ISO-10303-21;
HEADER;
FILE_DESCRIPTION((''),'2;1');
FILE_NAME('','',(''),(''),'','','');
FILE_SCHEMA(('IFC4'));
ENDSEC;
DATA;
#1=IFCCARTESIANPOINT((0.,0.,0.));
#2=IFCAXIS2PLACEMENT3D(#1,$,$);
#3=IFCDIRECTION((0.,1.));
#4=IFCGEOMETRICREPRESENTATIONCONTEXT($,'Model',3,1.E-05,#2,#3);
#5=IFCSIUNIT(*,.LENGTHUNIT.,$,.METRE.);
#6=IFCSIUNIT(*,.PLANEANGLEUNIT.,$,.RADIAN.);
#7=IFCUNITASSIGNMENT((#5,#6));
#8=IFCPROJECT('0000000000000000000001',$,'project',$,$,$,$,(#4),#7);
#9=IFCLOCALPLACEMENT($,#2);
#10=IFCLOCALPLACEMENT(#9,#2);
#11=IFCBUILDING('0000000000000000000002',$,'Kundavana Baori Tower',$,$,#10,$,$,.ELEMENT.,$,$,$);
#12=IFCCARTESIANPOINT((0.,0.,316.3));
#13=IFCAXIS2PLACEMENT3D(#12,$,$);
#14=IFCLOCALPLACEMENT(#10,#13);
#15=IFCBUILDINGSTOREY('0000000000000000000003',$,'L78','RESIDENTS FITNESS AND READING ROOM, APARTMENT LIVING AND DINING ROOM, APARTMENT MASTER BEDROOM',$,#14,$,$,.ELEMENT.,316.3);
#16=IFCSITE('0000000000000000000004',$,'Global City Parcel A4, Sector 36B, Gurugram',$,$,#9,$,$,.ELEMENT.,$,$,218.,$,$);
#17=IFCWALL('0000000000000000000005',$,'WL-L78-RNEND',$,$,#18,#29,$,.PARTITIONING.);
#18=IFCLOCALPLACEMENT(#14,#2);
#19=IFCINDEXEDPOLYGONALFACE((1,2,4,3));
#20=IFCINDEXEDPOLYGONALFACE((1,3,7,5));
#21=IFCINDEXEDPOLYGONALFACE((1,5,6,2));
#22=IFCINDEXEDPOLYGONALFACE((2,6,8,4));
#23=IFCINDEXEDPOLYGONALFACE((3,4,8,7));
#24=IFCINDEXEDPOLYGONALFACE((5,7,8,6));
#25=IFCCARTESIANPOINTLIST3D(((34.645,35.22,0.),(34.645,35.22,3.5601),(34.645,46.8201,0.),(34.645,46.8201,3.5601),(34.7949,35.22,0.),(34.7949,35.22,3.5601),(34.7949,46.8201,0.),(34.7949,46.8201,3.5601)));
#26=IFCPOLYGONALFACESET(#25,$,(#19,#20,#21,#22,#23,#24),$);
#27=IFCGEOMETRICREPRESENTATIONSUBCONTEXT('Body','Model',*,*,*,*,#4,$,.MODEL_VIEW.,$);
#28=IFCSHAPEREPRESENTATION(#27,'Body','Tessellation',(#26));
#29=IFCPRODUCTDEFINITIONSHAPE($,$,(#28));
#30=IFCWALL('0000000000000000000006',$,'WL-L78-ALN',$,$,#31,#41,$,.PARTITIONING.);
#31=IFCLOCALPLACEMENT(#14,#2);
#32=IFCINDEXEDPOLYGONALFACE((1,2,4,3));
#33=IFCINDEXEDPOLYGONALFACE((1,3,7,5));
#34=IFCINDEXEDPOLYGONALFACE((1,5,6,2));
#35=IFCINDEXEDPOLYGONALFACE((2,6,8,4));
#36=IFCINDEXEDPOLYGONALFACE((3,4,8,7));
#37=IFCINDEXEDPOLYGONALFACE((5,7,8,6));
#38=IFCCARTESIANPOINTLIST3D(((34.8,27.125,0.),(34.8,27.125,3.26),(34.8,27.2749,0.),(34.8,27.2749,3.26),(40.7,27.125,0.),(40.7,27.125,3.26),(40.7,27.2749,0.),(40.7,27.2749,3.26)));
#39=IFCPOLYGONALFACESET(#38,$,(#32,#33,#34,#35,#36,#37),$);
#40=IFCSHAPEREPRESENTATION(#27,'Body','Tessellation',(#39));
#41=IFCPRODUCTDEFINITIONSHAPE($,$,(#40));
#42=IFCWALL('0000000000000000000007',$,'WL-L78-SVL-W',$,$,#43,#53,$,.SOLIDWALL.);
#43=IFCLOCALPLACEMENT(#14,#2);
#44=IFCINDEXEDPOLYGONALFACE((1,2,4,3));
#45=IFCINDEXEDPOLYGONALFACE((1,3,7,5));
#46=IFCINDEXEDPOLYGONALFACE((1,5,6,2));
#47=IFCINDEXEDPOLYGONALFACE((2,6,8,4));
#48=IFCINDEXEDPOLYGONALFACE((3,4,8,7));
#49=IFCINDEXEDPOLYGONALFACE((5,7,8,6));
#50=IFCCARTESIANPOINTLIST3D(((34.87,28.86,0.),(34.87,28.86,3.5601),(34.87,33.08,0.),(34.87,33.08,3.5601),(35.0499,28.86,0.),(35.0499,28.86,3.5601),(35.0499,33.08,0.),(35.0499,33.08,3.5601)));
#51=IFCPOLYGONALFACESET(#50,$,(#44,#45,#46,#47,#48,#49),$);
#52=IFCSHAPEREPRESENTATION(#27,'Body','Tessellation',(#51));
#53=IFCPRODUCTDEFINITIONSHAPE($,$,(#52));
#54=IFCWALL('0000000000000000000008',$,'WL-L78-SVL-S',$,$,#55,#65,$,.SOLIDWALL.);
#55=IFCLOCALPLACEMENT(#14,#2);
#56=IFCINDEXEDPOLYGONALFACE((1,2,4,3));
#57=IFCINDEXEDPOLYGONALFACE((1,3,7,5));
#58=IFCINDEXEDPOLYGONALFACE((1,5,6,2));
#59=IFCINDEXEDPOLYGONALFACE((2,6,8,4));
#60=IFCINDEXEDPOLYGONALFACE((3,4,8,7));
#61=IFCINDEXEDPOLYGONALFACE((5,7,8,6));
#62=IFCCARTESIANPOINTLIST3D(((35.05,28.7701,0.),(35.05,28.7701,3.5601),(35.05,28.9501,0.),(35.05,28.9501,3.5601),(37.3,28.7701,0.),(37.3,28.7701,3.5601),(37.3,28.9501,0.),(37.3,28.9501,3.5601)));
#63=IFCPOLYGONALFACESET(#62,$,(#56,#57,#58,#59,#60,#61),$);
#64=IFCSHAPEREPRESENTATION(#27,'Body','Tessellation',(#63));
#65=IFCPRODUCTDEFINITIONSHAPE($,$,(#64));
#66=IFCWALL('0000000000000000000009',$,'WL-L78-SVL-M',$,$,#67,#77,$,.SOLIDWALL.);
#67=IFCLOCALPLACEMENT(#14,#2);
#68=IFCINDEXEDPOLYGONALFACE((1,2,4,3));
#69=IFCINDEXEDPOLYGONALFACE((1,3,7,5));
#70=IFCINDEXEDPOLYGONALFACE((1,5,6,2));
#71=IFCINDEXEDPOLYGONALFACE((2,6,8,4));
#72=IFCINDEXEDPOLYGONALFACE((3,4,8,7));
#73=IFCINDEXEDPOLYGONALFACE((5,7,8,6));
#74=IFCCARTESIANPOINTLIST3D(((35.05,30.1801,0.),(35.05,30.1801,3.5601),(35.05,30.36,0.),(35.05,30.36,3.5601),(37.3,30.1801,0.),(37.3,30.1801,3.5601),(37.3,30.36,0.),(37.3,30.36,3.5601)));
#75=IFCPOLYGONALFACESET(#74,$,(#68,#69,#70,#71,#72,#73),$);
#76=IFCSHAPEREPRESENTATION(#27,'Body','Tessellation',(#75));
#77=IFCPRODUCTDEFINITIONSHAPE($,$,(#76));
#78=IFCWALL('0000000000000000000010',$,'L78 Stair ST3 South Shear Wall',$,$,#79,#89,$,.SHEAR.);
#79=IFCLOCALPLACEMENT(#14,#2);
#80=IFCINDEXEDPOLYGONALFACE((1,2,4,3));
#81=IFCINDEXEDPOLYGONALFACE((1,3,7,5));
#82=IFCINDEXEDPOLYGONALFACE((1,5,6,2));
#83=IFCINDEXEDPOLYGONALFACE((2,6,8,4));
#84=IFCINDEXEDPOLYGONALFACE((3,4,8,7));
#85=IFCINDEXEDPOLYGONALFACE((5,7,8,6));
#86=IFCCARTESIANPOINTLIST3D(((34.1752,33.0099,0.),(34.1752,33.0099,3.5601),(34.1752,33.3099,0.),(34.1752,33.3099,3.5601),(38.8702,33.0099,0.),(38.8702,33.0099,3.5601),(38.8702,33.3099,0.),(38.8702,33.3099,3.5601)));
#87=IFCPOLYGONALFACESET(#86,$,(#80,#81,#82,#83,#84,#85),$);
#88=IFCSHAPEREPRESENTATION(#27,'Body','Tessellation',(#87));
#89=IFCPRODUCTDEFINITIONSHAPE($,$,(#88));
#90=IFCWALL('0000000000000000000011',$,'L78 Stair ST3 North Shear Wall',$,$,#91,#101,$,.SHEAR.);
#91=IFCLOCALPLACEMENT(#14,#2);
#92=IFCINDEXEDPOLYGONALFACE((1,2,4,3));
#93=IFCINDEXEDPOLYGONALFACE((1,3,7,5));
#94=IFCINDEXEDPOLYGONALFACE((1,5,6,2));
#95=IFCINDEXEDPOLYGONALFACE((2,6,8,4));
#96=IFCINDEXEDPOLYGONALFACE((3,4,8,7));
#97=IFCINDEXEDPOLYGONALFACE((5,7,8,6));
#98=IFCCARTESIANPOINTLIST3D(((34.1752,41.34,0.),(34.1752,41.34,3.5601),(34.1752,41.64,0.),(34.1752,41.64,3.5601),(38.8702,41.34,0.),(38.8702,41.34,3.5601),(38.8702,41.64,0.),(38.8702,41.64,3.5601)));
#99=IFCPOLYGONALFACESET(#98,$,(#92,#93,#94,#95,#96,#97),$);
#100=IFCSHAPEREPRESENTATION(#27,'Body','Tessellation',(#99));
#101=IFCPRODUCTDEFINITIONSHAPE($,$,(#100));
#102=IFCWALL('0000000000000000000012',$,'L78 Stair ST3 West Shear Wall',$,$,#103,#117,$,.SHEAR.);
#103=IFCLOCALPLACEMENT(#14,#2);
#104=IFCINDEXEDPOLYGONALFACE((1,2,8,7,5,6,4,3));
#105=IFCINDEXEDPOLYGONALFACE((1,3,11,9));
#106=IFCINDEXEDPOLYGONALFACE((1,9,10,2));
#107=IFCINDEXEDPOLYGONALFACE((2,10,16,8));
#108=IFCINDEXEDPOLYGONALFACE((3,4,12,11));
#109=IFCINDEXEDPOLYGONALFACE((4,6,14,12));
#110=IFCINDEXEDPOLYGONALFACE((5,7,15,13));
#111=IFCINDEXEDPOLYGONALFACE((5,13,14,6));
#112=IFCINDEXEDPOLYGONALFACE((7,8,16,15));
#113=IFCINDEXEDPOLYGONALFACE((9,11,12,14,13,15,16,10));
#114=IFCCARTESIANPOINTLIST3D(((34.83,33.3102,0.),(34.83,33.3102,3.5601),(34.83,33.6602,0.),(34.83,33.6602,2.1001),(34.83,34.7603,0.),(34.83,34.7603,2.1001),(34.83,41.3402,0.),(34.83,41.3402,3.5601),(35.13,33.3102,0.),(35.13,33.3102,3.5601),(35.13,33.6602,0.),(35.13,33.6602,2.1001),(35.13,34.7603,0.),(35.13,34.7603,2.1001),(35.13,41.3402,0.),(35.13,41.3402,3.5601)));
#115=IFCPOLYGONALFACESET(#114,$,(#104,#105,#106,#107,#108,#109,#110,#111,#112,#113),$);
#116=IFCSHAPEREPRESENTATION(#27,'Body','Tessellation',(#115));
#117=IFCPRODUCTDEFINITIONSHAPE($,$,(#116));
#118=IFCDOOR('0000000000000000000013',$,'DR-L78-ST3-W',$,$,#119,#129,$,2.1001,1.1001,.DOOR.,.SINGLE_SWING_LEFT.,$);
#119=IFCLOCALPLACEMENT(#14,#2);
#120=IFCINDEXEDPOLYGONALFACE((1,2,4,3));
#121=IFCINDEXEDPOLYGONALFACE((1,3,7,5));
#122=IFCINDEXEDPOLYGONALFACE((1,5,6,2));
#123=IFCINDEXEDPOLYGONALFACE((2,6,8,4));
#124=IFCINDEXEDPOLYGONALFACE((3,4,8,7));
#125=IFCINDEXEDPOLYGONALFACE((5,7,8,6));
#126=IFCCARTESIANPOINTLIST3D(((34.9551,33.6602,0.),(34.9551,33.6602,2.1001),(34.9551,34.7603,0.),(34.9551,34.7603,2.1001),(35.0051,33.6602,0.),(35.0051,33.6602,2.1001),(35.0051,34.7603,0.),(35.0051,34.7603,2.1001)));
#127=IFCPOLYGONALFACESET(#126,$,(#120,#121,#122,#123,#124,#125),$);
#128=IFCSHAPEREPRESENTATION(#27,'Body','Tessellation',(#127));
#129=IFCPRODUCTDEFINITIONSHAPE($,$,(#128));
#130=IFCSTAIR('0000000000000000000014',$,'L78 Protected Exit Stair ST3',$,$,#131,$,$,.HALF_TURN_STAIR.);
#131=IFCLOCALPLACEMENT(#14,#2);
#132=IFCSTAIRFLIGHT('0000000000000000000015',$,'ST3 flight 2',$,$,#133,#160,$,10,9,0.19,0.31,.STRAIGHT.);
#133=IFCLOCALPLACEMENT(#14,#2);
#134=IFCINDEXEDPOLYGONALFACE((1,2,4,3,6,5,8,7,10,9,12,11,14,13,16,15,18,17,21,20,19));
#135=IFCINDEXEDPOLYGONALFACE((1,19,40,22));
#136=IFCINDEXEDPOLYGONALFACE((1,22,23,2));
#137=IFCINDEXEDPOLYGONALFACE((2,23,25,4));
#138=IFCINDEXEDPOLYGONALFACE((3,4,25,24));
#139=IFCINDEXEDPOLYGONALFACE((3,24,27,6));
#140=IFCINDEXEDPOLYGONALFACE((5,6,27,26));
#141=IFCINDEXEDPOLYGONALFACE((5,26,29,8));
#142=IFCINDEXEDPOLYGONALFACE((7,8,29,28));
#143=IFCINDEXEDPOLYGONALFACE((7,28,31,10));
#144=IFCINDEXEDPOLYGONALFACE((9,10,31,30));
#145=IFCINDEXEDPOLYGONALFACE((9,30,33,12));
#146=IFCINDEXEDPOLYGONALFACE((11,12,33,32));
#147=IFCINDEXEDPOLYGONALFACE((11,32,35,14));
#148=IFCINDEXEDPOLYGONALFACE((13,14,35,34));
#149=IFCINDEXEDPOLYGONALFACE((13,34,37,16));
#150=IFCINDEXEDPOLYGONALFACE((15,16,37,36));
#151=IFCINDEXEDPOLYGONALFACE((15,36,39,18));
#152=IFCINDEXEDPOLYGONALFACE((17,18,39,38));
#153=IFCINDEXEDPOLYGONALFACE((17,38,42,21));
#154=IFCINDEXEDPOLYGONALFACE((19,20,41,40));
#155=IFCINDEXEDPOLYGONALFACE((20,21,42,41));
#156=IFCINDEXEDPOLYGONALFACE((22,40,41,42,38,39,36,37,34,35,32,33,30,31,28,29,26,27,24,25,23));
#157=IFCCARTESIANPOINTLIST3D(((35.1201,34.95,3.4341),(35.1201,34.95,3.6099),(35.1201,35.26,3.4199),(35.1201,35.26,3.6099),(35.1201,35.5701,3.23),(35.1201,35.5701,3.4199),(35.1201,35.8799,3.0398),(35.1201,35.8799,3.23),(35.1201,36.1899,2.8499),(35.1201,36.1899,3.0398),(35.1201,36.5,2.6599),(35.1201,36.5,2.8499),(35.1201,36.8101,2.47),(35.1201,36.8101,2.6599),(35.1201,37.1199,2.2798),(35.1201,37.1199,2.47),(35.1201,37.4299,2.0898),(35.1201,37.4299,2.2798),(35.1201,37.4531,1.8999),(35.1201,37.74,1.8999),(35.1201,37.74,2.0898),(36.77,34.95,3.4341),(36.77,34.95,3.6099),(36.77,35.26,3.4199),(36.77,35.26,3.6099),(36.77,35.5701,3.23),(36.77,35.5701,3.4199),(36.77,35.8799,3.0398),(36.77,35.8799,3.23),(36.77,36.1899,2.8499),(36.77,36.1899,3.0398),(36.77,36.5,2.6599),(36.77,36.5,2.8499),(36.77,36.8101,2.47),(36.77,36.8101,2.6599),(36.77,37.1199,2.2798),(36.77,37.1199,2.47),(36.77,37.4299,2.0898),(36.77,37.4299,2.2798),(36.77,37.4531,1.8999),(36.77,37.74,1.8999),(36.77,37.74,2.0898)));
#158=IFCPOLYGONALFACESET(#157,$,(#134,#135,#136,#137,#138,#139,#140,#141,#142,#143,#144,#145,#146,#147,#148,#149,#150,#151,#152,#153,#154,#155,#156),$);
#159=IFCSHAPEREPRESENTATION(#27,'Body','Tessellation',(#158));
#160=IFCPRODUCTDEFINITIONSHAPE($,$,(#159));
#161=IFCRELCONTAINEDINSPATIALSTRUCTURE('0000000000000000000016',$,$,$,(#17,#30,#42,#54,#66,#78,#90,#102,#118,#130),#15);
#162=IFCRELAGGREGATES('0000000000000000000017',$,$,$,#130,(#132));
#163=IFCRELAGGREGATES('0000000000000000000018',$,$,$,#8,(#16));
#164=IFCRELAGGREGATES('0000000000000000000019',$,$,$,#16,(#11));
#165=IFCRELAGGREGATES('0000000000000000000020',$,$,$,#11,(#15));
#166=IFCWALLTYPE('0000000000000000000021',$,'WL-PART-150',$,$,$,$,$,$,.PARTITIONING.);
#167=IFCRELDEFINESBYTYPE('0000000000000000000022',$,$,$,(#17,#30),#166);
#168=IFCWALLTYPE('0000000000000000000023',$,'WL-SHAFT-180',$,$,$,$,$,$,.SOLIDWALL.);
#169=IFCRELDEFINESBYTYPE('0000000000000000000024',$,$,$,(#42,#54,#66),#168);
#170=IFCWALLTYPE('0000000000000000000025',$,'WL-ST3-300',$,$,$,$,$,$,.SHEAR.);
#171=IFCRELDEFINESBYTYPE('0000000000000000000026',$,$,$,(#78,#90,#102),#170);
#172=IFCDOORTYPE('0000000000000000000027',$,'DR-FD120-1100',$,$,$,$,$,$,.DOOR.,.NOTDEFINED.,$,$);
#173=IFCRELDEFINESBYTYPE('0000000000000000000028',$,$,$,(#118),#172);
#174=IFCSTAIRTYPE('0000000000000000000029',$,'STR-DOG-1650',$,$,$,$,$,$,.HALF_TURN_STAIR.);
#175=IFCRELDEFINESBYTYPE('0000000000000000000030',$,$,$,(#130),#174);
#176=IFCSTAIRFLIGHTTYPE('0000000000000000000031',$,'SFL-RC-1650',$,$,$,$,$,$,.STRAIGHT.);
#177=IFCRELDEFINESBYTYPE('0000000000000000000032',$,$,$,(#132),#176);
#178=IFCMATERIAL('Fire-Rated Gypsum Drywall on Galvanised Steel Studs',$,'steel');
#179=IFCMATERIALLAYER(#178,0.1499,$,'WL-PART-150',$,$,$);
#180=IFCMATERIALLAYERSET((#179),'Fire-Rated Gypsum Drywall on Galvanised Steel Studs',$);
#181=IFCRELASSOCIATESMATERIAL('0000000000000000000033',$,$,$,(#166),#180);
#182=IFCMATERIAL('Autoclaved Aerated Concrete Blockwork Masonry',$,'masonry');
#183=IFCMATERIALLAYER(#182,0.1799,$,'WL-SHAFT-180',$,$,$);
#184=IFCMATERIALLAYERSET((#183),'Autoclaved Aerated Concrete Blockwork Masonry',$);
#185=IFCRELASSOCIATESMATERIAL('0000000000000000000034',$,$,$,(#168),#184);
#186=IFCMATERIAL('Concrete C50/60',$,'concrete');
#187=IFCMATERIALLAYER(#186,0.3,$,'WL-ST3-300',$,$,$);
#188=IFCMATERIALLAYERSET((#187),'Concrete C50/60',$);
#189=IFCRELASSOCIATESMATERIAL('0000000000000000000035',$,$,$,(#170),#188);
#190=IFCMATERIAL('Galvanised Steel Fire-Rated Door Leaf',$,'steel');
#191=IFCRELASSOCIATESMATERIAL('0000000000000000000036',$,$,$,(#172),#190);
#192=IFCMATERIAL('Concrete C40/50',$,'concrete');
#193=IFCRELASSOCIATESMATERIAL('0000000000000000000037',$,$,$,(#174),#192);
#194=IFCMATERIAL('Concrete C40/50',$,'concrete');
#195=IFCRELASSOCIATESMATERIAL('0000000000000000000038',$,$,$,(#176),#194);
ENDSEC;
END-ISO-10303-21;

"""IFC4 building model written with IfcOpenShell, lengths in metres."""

from ifc_helpers import new_model, si_unit, direction, frame, frame_2d, origin, place, context, subcontext, project, spatial, polyline, rectangle, outline, extrude, material, layer, layer_set, type_object, element, fill, aggregate, save


model = new_model("IFC4")

# Units and contexts
model_context = context("Model", 3, precision=1e-05, world=origin(), true_north=direction((0.0, 1.0)))
body_context = subcontext(model_context, "Body", "Model", "MODEL_VIEW")
ifc_project = project(units=[si_unit("LENGTHUNIT", "METRE"), si_unit("PLANEANGLEUNIT", "RADIAN")], contexts=[model_context])

# Site, building, storey
site_placement = place(None, origin())
site = spatial("IfcSite", under=ifc_project, at=site_placement, Name="Global City Parcel A4, Sector 36B, Gurugram", CompositionType="ELEMENT", RefElevation=218.0)
building_placement = place(site_placement, origin())
building = spatial("IfcBuilding", under=site, at=building_placement, Name="Kundavana Baori Tower", CompositionType="ELEMENT")
storey_placement = place(building_placement, frame((0.0, 0.0, 316.3)))
storey = spatial("IfcBuildingStorey", under=building, at=storey_placement, Name="L78", Description="RESIDENTS FITNESS AND READING ROOM, APARTMENT LIVING AND DINING ROOM, APARTMENT MASTER BEDROOM", CompositionType="ELEMENT", Elevation=316.3)

# Shared definitions
ifc_material_1 = material(Name="Fire-Rated Gypsum Drywall on Galvanised Steel Studs", Category="steel")
ifc_layer_1 = layer(ifc_material_1, 0.1499, Name="WL-PART-150")
ifc_layer_set_1 = layer_set([ifc_layer_1], Name="Fire-Rated Gypsum Drywall on Galvanised Steel Studs")
wall_type_1 = type_object("IfcWallType", Name="WL-PART-150", PredefinedType="PARTITIONING", material=ifc_layer_set_1)

# Walls
wall_1_placement = place(storey_placement, frame((34.72, 35.22, 0.0), z_axis=(0.0, 0.0, 1.0), x_axis=(0.0, 1.0, 0.0)))
element("IfcWall", 1, at=wall_1_placement, inside=storey, type_object=wall_type_1, Name="WL-L78-RNEND", PredefinedType="PARTITIONING", context=body_context, shape_type="SweptSolid", body=[
    extrude(rectangle(XDim=11.6001, YDim=0.1499, at=frame_2d((5.8, 0.0))), origin(), (0.0, 0.0, 1.0), 3.5601),
])
wall_2_placement = place(storey_placement, frame((34.8, 27.2, 0.0), z_axis=(0.0, 0.0, 1.0), x_axis=(1.0, 0.0, 0.0)))
element("IfcWall", 2, at=wall_2_placement, inside=storey, type_object=wall_type_1, Name="WL-L78-ALN", PredefinedType="PARTITIONING", context=body_context, shape_type="SweptSolid", body=[
    extrude(rectangle(XDim=5.8999, YDim=0.1499, at=frame_2d((2.95, 0.0))), origin(), (0.0, 0.0, 1.0), 3.26),
])
ifc_material_2 = material(Name="Autoclaved Aerated Concrete Blockwork Masonry", Category="masonry")
ifc_layer_2 = layer(ifc_material_2, 0.1799, Name="WL-SHAFT-180")
ifc_layer_set_2 = layer_set([ifc_layer_2], Name="Autoclaved Aerated Concrete Blockwork Masonry")
wall_type_2 = type_object("IfcWallType", Name="WL-SHAFT-180", PredefinedType="SOLIDWALL", material=ifc_layer_set_2)
wall_3_placement = place(storey_placement, frame((34.96, 28.8601, 0.0), z_axis=(0.0, 0.0, 1.0), x_axis=(0.0, 1.0, 0.0)))
element("IfcWall", 3, at=wall_3_placement, inside=storey, type_object=wall_type_2, Name="WL-L78-SVL-W", PredefinedType="SOLIDWALL", context=body_context, shape_type="SweptSolid", body=[
    extrude(rectangle(XDim=4.22, YDim=0.1799, at=frame_2d((2.1099, 0.0))), origin(), (0.0, 0.0, 1.0), 3.5601),
])

# Walls
for number, where, z_axis, x_axis, name in (
    (4, (35.05, 28.8601, 0.0), (0.0, 0.0, 1.0), (1.0, 0.0, 0.0), "WL-L78-SVL-S"),
    (5, (35.05, 30.27, 0.0), (0.0, 0.0, 1.0), (1.0, 0.0, 0.0), "WL-L78-SVL-M"),
):
    element("IfcWall", number, at=place(storey_placement, frame(where, z_axis=z_axis, x_axis=x_axis)), inside=storey, type_object=wall_type_2, Name=name, PredefinedType="SOLIDWALL", context=body_context, shape_type="SweptSolid", body=[
        extrude(rectangle(XDim=2.25, YDim=0.1799, at=frame_2d((1.125, 0.0))), origin(), (0.0, 0.0, 1.0), 3.5601),
    ])
ifc_material_3 = material(Name="Concrete C50/60", Category="concrete")
ifc_layer_3 = layer(ifc_material_3, 0.3, Name="WL-ST3-300")
ifc_layer_set_3 = layer_set([ifc_layer_3], Name="Concrete C50/60")
wall_type_3 = type_object("IfcWallType", Name="WL-ST3-300", PredefinedType="SHEAR", material=ifc_layer_set_3)
for number, where, z_axis, x_axis, name in (
    (6, (34.175, 33.1599, 0.0), (0.0, 0.0, 1.0), (1.0, 0.0, 0.0), "L78 Stair ST3 South Shear Wall"),
    (7, (34.175, 41.49, 0.0), (0.0, 0.0, 1.0), (1.0, 0.0, 0.0), "L78 Stair ST3 North Shear Wall"),
):
    element("IfcWall", number, at=place(storey_placement, frame(where, z_axis=z_axis, x_axis=x_axis)), inside=storey, type_object=wall_type_3, Name=name, PredefinedType="SHEAR", context=body_context, shape_type="SweptSolid", body=[
        extrude(rectangle(XDim=4.6951, YDim=0.3, at=frame_2d((2.3477, 0.0))), origin(), (0.0, 0.0, 1.0), 3.5601),
    ])

# Wall, opening, door
wall_4_placement = place(storey_placement, frame((34.98, 33.3101, 0.0), z_axis=(0.0, 0.0, 1.0), x_axis=(0.0, 1.0, 0.0)))
wall_4 = element("IfcWall", 8, at=wall_4_placement, inside=storey, type_object=wall_type_3, Name="L78 Stair ST3 West Shear Wall", PredefinedType="SHEAR", context=body_context, shape_type="SweptSolid", body=[
    extrude(rectangle(XDim=8.03, YDim=0.3, at=frame_2d((4.0151, 0.0))), origin(), (0.0, 0.0, 1.0), 3.5601),
])
opening_1_placement = place(wall_4_placement, frame((0.3501, 0.0, 0.0)))
opening_1 = element("IfcOpeningElement", 9, at=opening_1_placement, cuts=wall_4, PredefinedType="OPENING", context=body_context, shape_type="SweptSolid", body=[
    extrude(rectangle(XDim=1.1001, YDim=2.1001, at=frame_2d((0.55, 1.05))), frame((0.0, 0.1602, 0.0), z_axis=(0.0, -1.0, 0.0), x_axis=(1.0, 0.0, 0.0)), (0.0, 0.0, 1.0), 0.3201),
])
ifc_material_4 = material(Name="Galvanised Steel Fire-Rated Door Leaf", Category="steel")
door_type_1 = type_object("IfcDoorType", Name="DR-FD120-1100", OperationType="NOTDEFINED", PredefinedType="DOOR", material=ifc_material_4)
door_1_placement = place(opening_1_placement, origin())
door_1 = element("IfcDoor", 10, at=door_1_placement, inside=storey, type_object=door_type_1, Name="DR-L78-ST3-W", OperationType="SINGLE_SWING_LEFT", OverallHeight=2.1001, OverallWidth=1.1001, PredefinedType="DOOR", context=body_context, shape_type="SweptSolid", body=[
    extrude(rectangle(XDim=1.1001, YDim=2.1001, at=frame_2d((0.55, 1.05))), frame((0.0, 0.0249, 0.0), z_axis=(0.0, -1.0, 0.0), x_axis=(1.0, 0.0, 0.0)), (0.0, 0.0, 1.0), 0.05),
])
fill(opening_1, door_1)

# Stair, stair flight
ifc_material_5 = material(Name="Concrete C40/50", Category="concrete")
stair_type = type_object("IfcStairType", Name="STR-DOG-1650", PredefinedType="HALF_TURN_STAIR", material=ifc_material_5)
stair_placement = place(storey_placement, origin())
stair = element("IfcStair", 11, at=stair_placement, inside=storey, type_object=stair_type, Name="L78 Protected Exit Stair ST3", PredefinedType="HALF_TURN_STAIR")
ifc_material_6 = material(Name="Concrete C40/50", Category="concrete")
stair_flight_type = type_object("IfcStairFlightType", Name="SFL-RC-1650", PredefinedType="STRAIGHT", material=ifc_material_6)
stair_flight_placement = place(storey_placement, frame((35.9451, 37.74, 1.8999), z_axis=(0.0, 0.0, 1.0), x_axis=(0.0, -1.0, 0.0)))
stair_flight = element("IfcStairFlight", 12, at=stair_flight_placement, type_object=stair_flight_type, Name="ST3 flight 2", NumberOfRisers=10, NumberOfTreads=9, PredefinedType="STRAIGHT", RiserHeight=0.19, TreadLength=0.31, context=body_context, shape_type="SweptSolid", body=[
    extrude(outline(polyline([(0.0, 0.0), (0.0, 0.1899), (0.3101, 0.1899), (0.3101, 0.3799), (0.6201, 0.3799), (0.6201, 0.5701), (0.9299, 0.5701), (0.9299, 0.76), (1.24, 0.76), (1.24, 0.95), (1.55, 0.95), (1.55, 1.1399), (1.8601, 1.1399), (1.8601, 1.3301), (2.1699, 1.3301), (2.1699, 1.52), (2.48, 1.52), (2.48, 1.71), (2.79, 1.71), (2.79, 1.8999), (2.79, 1.5342), (0.2869, 0.0), (0.0, 0.0)])), frame((0.0, 0.825, 0.0), z_axis=(0.0, -1.0, 0.0), x_axis=(1.0, 0.0, 0.0)), (0.0, 0.0, 1.0), 1.6499),
])
aggregate(stair, [stair_flight])

save(model, "model.ifc")
